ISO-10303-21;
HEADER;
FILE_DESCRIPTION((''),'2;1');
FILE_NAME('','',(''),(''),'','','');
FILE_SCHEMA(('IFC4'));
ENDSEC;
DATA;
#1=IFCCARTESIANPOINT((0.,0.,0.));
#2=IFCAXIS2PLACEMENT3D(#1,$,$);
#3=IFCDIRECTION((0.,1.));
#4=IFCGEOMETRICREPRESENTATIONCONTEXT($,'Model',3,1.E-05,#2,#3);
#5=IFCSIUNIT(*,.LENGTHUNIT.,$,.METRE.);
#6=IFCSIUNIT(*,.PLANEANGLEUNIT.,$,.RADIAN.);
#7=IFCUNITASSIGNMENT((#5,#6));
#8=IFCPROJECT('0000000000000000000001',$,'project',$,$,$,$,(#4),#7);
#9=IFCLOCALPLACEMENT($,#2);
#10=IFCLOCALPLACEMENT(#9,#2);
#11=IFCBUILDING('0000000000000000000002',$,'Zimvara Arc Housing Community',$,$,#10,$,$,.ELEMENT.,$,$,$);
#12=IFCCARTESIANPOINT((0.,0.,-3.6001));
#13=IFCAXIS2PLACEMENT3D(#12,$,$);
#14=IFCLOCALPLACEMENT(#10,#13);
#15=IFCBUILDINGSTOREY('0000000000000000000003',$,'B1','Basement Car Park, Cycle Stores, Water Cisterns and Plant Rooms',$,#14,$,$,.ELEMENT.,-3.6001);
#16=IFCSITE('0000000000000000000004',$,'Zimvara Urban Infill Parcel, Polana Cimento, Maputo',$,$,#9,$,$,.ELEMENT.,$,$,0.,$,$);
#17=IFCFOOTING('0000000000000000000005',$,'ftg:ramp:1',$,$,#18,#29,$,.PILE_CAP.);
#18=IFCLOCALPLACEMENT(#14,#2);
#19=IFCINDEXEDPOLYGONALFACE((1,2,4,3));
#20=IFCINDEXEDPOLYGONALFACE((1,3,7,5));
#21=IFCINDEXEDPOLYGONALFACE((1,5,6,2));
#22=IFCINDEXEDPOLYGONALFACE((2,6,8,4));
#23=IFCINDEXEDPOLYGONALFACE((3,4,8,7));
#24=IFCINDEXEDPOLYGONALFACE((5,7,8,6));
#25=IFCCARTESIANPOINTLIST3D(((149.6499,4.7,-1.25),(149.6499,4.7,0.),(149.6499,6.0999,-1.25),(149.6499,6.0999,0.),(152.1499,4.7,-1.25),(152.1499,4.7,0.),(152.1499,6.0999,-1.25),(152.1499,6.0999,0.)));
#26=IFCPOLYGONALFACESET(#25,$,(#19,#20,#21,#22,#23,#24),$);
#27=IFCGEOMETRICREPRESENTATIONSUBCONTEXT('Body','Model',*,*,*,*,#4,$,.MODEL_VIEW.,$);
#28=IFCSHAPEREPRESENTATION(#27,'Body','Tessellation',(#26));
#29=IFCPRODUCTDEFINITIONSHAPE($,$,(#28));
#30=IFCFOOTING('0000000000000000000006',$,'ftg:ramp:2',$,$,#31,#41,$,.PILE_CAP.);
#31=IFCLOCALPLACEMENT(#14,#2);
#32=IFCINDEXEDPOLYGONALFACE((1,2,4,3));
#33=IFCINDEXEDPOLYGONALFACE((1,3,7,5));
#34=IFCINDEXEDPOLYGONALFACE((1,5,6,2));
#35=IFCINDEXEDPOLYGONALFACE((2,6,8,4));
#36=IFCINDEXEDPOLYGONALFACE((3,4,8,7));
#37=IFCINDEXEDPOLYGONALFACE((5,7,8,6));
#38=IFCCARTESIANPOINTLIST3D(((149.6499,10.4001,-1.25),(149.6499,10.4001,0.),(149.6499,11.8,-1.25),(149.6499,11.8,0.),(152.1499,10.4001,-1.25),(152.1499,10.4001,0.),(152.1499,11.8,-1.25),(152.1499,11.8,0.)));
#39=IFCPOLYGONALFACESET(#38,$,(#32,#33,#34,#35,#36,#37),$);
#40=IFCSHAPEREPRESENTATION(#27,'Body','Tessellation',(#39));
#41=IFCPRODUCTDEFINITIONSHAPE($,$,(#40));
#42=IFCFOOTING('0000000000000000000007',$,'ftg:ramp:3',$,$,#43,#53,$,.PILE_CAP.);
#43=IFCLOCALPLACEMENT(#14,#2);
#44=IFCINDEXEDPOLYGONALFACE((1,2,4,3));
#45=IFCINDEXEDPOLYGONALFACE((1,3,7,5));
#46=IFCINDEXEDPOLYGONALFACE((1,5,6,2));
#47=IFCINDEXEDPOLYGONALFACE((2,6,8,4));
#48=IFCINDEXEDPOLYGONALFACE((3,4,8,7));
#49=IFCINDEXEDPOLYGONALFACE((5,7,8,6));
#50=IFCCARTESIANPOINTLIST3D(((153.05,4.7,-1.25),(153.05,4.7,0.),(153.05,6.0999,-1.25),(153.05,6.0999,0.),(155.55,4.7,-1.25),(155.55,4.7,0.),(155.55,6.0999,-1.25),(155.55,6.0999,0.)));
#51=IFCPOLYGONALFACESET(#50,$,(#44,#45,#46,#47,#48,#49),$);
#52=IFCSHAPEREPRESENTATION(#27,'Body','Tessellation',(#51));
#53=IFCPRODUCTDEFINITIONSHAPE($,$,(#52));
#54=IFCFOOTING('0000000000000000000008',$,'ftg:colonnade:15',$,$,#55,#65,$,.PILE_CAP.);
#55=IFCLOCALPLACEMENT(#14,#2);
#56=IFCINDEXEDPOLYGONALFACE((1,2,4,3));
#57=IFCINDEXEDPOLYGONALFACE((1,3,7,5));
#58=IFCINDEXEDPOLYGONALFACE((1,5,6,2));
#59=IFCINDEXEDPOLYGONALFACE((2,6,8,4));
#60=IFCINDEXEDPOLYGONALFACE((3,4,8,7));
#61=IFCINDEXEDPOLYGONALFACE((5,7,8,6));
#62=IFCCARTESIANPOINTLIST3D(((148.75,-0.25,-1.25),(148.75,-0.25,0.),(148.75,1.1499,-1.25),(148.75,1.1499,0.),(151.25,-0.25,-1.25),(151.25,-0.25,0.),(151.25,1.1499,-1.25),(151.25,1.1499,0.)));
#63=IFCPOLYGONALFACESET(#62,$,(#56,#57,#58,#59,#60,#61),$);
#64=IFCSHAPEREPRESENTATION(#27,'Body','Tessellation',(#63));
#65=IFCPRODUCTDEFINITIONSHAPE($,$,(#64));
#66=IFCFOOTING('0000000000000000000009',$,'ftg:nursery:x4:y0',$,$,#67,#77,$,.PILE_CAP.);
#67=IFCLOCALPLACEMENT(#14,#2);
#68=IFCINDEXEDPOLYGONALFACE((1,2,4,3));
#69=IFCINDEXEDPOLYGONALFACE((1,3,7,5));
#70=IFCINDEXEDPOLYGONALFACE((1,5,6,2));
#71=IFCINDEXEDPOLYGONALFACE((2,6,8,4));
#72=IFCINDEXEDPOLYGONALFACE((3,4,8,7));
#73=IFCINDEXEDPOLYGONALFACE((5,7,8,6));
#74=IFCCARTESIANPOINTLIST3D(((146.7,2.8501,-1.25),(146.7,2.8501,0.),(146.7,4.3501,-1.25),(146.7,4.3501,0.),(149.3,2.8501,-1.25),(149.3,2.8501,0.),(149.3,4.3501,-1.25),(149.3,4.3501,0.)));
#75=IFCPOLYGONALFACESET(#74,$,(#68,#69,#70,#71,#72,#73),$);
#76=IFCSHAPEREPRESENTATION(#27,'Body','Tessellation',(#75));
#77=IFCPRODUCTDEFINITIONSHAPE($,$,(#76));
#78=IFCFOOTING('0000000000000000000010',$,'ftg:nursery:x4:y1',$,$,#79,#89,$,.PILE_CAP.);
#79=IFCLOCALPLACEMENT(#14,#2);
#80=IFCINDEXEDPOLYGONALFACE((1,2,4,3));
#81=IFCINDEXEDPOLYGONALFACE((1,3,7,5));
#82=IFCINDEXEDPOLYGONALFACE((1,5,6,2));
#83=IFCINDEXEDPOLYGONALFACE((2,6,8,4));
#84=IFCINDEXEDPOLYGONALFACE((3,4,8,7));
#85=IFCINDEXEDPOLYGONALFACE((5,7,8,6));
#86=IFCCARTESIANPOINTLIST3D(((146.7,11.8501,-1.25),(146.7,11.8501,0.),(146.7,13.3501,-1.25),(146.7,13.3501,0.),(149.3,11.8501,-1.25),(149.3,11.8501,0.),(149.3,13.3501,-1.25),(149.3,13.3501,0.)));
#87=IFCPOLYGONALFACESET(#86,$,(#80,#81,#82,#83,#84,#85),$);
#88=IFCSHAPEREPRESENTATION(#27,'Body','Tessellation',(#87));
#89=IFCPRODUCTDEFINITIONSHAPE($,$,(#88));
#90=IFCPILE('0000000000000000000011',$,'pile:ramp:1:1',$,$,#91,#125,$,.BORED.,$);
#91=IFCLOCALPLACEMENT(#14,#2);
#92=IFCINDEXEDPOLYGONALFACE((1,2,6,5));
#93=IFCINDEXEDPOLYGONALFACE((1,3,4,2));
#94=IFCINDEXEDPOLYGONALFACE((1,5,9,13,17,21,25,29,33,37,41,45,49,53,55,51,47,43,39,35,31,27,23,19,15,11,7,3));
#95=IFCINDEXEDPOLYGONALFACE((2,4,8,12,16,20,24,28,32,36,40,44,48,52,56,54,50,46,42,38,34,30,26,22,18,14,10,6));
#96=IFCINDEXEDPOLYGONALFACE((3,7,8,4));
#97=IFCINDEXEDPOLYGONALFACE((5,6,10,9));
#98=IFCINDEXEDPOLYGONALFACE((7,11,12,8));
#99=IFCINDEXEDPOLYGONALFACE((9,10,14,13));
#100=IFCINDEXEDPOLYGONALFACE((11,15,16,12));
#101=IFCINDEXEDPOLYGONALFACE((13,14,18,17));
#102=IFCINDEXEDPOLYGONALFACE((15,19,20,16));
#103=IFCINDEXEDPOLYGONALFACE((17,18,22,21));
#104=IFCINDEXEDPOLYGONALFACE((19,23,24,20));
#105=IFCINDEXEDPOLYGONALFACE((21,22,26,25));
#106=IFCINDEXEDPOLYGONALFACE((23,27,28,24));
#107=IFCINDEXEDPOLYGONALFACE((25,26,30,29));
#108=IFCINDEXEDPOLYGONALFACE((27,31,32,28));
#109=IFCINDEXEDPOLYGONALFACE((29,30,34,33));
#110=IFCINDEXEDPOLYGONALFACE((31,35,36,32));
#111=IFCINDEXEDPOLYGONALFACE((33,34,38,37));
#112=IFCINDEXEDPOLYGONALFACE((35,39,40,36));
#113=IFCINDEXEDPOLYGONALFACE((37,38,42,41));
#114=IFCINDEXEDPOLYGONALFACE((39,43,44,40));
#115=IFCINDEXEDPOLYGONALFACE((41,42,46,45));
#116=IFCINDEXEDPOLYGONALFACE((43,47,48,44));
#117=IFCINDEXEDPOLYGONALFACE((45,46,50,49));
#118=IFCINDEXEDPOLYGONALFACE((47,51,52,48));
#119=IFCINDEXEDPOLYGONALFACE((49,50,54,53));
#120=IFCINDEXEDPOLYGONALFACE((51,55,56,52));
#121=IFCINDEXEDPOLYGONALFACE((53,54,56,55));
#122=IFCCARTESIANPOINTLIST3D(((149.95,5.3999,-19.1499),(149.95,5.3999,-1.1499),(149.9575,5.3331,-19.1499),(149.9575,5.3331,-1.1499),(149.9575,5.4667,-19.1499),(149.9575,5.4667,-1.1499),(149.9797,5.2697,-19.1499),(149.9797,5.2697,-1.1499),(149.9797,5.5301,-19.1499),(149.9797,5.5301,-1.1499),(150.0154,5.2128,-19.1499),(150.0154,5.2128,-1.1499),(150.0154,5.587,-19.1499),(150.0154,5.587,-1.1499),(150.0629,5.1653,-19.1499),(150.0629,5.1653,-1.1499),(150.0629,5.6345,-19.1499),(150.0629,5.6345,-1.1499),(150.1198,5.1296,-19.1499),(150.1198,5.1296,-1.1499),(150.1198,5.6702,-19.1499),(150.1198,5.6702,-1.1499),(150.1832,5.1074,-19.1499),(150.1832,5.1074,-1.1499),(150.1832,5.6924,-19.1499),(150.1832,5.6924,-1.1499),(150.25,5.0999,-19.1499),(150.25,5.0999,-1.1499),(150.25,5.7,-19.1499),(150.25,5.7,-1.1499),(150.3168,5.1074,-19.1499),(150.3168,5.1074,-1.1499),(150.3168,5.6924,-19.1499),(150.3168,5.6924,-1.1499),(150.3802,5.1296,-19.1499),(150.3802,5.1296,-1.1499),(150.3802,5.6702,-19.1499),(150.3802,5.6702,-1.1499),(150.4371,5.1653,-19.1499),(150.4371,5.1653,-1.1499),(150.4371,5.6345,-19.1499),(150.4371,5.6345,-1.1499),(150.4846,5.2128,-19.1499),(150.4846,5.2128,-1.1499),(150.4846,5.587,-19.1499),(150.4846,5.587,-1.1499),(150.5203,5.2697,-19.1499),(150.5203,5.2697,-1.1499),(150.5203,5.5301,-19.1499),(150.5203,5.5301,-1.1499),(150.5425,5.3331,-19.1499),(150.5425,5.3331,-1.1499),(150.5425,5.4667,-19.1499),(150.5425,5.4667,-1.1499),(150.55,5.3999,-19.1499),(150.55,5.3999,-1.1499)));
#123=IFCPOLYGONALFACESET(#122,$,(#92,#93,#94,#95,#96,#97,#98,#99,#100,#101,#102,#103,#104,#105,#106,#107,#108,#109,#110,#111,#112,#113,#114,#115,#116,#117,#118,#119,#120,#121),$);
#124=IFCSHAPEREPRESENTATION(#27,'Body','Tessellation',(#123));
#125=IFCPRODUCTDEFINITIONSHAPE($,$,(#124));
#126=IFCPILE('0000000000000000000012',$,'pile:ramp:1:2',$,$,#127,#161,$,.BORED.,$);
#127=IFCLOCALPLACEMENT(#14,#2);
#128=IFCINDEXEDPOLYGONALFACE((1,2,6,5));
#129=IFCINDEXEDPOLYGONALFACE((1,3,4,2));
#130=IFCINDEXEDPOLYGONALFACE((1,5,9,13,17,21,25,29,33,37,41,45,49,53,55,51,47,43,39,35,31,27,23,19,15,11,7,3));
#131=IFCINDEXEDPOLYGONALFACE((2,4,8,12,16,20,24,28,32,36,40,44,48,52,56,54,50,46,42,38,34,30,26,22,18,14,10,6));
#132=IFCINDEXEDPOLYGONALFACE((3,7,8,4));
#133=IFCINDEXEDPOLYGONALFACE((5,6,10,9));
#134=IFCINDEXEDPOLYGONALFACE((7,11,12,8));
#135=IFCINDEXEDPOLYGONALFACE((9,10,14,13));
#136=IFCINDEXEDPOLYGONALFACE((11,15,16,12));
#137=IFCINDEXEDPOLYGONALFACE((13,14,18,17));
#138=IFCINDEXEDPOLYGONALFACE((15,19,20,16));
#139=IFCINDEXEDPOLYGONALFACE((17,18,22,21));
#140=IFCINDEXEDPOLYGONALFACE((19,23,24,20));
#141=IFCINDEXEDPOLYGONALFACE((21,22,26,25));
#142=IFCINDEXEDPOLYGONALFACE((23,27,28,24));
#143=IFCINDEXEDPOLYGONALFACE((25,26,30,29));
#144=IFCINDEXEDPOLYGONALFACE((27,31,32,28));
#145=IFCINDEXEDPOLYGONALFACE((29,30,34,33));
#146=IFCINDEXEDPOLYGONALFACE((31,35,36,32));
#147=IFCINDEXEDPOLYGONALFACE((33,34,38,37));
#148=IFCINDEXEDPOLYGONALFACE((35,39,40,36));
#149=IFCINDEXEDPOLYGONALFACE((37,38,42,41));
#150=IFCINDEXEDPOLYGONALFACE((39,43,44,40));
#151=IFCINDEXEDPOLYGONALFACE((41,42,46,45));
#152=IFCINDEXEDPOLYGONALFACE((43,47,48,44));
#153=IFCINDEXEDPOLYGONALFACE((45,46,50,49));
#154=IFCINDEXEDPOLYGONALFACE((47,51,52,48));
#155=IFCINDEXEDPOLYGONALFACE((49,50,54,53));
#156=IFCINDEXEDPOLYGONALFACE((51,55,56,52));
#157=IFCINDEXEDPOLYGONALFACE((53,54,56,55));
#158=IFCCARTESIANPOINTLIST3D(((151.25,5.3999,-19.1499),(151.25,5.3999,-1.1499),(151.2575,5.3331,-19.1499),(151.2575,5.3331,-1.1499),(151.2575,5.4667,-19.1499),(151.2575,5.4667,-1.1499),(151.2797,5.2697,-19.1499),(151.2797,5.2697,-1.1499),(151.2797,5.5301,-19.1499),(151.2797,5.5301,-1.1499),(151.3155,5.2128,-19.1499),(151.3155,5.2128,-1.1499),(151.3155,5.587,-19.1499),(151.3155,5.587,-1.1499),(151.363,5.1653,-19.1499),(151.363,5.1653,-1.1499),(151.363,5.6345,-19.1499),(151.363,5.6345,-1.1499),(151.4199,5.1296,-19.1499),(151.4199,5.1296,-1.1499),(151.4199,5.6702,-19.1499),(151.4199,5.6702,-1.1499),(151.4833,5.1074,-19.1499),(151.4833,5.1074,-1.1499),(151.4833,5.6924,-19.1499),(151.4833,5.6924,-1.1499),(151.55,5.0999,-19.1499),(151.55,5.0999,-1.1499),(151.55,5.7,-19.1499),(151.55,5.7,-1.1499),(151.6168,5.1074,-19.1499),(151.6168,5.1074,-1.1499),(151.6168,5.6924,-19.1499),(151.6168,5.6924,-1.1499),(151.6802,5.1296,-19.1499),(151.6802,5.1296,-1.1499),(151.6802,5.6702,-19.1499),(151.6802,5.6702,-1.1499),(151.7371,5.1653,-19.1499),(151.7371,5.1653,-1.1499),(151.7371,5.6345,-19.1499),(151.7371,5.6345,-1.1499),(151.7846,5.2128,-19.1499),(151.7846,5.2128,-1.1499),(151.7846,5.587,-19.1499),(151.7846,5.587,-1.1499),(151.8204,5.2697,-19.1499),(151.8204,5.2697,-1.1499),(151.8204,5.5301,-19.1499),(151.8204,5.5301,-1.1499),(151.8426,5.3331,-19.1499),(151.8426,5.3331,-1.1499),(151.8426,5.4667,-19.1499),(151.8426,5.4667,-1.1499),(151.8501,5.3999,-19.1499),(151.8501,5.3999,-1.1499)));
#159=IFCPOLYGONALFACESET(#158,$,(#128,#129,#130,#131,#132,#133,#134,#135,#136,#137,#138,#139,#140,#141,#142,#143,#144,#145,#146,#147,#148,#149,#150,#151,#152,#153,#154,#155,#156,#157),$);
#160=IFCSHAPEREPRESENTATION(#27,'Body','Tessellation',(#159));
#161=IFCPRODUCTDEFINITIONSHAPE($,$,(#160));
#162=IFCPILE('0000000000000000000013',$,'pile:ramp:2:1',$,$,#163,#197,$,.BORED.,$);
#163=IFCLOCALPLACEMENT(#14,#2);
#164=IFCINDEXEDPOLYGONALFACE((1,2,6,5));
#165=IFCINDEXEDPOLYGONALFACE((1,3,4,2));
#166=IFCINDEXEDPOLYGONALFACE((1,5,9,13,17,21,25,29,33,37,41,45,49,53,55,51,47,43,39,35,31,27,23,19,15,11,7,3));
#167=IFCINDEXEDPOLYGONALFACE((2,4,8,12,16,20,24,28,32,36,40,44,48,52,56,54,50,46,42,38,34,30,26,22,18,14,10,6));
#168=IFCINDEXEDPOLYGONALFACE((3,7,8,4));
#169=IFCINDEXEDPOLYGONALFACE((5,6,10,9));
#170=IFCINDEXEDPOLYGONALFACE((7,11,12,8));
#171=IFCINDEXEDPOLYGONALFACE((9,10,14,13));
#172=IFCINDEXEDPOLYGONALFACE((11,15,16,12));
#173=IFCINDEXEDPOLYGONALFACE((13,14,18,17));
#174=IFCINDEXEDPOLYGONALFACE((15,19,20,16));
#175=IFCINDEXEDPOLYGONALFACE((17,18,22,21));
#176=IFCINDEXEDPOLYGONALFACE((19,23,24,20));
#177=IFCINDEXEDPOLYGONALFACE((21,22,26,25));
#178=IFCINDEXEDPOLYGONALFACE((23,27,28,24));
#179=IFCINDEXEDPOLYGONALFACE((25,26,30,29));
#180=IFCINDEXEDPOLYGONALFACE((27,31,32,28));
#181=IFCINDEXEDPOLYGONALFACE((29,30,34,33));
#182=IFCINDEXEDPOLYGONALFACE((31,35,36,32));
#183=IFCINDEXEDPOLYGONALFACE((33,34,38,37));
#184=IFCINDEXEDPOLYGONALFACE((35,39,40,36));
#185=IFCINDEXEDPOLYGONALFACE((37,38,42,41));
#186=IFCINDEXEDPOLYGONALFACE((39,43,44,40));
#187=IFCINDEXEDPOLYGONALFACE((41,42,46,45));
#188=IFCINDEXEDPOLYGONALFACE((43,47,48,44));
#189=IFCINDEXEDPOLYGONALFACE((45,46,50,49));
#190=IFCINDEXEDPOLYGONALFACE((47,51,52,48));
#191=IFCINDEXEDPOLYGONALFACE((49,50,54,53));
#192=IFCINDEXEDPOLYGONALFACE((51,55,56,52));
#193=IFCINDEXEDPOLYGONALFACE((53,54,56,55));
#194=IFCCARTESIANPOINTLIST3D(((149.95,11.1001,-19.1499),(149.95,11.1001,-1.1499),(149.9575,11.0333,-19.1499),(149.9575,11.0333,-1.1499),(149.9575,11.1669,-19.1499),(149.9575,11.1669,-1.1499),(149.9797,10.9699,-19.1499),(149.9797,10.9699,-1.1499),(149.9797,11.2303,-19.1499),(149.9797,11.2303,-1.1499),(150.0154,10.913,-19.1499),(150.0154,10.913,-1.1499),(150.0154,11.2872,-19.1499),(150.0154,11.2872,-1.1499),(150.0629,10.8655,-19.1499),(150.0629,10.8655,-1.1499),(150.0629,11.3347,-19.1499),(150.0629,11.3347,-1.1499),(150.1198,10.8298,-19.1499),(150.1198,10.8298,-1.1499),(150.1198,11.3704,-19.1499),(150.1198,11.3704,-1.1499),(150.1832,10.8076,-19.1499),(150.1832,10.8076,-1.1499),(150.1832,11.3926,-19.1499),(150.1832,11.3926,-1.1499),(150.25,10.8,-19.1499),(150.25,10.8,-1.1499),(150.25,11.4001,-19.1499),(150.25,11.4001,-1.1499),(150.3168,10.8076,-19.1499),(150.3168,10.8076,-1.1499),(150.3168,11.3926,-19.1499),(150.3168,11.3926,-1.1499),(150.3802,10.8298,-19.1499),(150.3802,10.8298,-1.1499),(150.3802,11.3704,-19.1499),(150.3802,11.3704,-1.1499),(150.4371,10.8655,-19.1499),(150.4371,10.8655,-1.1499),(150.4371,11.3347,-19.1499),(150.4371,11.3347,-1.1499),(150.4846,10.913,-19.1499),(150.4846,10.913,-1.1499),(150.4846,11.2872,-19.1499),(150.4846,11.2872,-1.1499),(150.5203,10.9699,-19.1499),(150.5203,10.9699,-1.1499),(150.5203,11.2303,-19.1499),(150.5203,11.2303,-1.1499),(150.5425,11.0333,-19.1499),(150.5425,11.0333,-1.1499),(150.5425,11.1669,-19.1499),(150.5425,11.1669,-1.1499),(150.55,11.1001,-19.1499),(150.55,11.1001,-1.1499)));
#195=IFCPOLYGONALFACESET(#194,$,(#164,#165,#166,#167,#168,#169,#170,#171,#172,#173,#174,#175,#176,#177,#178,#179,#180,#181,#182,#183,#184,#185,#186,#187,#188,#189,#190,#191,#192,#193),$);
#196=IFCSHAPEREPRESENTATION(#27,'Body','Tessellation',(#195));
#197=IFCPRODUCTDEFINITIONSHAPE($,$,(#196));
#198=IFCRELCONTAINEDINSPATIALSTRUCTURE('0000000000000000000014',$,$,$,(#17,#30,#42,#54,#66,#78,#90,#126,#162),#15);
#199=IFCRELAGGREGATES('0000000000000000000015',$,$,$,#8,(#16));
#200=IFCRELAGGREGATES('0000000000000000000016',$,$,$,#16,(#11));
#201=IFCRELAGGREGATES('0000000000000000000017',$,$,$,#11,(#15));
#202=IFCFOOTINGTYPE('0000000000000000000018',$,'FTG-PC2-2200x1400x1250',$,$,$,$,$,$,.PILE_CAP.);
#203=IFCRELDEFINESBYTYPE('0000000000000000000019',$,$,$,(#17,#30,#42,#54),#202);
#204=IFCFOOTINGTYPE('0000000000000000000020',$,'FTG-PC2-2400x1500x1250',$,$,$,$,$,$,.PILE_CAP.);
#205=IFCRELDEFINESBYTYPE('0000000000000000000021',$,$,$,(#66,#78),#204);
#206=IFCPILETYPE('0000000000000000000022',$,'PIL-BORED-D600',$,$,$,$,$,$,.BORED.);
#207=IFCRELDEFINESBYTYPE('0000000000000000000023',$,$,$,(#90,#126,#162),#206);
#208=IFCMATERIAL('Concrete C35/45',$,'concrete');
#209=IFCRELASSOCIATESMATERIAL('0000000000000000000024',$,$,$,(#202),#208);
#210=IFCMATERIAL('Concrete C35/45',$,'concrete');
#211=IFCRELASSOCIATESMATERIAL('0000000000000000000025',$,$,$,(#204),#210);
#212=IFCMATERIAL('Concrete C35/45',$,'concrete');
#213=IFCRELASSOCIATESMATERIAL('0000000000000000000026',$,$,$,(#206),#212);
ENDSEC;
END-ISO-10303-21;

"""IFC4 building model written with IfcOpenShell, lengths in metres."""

from ifc_helpers import new_model, si_unit, direction, frame, origin, origin_2d, place, context, subcontext, project, spatial, rectangle, circle, extrude, material, material_profile, profile_set, type_object, element, save


model = new_model("IFC4")

# Units and contexts
model_context = context("Model", 3, precision=1e-05, world=origin(), true_north=direction((0.0, 1.0)))
body_context = subcontext(model_context, "Body", "Model", "MODEL_VIEW")
ifc_project = project(units=[si_unit("LENGTHUNIT", "METRE"), si_unit("PLANEANGLEUNIT", "RADIAN")], contexts=[model_context])

# Site, building, storey
site_placement = place(None, origin())
site = spatial("IfcSite", under=ifc_project, at=site_placement, Name="Zimvara Urban Infill Parcel, Polana Cimento, Maputo", CompositionType="ELEMENT", RefElevation=0.0)
building_placement = place(site_placement, origin())
building = spatial("IfcBuilding", under=site, at=building_placement, Name="Zimvara Arc Housing Community", CompositionType="ELEMENT")
storey_placement = place(building_placement, frame((0.0, 0.0, -3.6001)))
storey = spatial("IfcBuildingStorey", under=building, at=storey_placement, Name="B1", Description="Basement Car Park, Cycle Stores, Water Cisterns and Plant Rooms", CompositionType="ELEMENT", Elevation=-3.6001)

# Footings
ifc_material_1 = material(Name="Concrete C35/45", Category="concrete")
footing_type_1 = type_object("IfcFootingType", Name="FTG-PC2-2200x1400x1250", PredefinedType="PILE_CAP", material=ifc_material_1)
for number, where, z_axis, x_axis, name in (
    (1, (150.8999, 5.3999, -1.25), (0.0, 0.0, 1.0), (1.0, 0.0, 0.0), "ftg:ramp:1"),
    (2, (150.8999, 11.1001, -1.25), (0.0, 0.0, 1.0), (1.0, 0.0, 0.0), "ftg:ramp:2"),
    (3, (154.3, 5.3999, -1.25), (0.0, 0.0, 1.0), (1.0, 0.0, 0.0), "ftg:ramp:3"),
    (4, (150.0, 0.45, -1.25), (0.0, 0.0, 1.0), (1.0, 0.0, 0.0), "ftg:colonnade:15"),
):
    element("IfcFooting", number, at=place(storey_placement, frame(where, z_axis=z_axis, x_axis=x_axis)), inside=storey, type_object=footing_type_1, Name=name, PredefinedType="PILE_CAP", context=body_context, shape_type="SweptSolid", body=[
        extrude(rectangle(XDim=2.5, YDim=1.3999, at=origin_2d()), origin(), (0.0, 0.0, 1.0), 1.25),
    ])
ifc_material_2 = material(Name="Concrete C35/45", Category="concrete")
footing_type_2 = type_object("IfcFootingType", Name="FTG-PC2-2400x1500x1250", PredefinedType="PILE_CAP", material=ifc_material_2)
for number, where, z_axis, x_axis, name in (
    (5, (148.0, 3.6001, -1.25), (0.0, 0.0, 1.0), (1.0, 0.0, 0.0), "ftg:nursery:x4:y0"),
    (6, (148.0, 12.6001, -1.25), (0.0, 0.0, 1.0), (1.0, 0.0, 0.0), "ftg:nursery:x4:y1"),
):
    element("IfcFooting", number, at=place(storey_placement, frame(where, z_axis=z_axis, x_axis=x_axis)), inside=storey, type_object=footing_type_2, Name=name, PredefinedType="PILE_CAP", context=body_context, shape_type="SweptSolid", body=[
        extrude(rectangle(XDim=2.6001, YDim=1.5, at=origin_2d()), origin(), (0.0, 0.0, 1.0), 1.25),
    ])

# Piles
ifc_material_3 = material(Name="Concrete C35/45", Category="concrete")
ifc_material_profile_1 = material_profile(ifc_material_3, circle(Radius=0.3, at=origin_2d()), Name="PILE D600")
ifc_profile_set_1 = profile_set([ifc_material_profile_1], Name="Concrete C35/45")
pile_type = type_object("IfcPileType", Name="PIL-BORED-D600", PredefinedType="BORED", material=ifc_profile_set_1)
for number, where, z_axis, x_axis, name in (
    (7, (150.25, 5.3999, -1.1499), (0.0, 0.0, -1.0), (1.0, 0.0, 0.0), "pile:ramp:1:1"),
    (8, (151.55, 5.3999, -1.1499), (0.0, 0.0, -1.0), (1.0, 0.0, 0.0), "pile:ramp:1:2"),
    (9, (150.25, 11.1001, -1.1499), (0.0, 0.0, -1.0), (1.0, 0.0, 0.0), "pile:ramp:2:1"),
):
    element("IfcPile", number, at=place(storey_placement, frame(where, z_axis=z_axis, x_axis=x_axis)), inside=storey, type_object=pile_type, Name=name, PredefinedType="BORED", context=body_context, shape_type="SweptSolid", body=[
        extrude(circle(Radius=0.3, at=origin_2d()), origin(), (0.0, 0.0, 1.0), 18.0),
    ])

save(model, "model.ifc")
